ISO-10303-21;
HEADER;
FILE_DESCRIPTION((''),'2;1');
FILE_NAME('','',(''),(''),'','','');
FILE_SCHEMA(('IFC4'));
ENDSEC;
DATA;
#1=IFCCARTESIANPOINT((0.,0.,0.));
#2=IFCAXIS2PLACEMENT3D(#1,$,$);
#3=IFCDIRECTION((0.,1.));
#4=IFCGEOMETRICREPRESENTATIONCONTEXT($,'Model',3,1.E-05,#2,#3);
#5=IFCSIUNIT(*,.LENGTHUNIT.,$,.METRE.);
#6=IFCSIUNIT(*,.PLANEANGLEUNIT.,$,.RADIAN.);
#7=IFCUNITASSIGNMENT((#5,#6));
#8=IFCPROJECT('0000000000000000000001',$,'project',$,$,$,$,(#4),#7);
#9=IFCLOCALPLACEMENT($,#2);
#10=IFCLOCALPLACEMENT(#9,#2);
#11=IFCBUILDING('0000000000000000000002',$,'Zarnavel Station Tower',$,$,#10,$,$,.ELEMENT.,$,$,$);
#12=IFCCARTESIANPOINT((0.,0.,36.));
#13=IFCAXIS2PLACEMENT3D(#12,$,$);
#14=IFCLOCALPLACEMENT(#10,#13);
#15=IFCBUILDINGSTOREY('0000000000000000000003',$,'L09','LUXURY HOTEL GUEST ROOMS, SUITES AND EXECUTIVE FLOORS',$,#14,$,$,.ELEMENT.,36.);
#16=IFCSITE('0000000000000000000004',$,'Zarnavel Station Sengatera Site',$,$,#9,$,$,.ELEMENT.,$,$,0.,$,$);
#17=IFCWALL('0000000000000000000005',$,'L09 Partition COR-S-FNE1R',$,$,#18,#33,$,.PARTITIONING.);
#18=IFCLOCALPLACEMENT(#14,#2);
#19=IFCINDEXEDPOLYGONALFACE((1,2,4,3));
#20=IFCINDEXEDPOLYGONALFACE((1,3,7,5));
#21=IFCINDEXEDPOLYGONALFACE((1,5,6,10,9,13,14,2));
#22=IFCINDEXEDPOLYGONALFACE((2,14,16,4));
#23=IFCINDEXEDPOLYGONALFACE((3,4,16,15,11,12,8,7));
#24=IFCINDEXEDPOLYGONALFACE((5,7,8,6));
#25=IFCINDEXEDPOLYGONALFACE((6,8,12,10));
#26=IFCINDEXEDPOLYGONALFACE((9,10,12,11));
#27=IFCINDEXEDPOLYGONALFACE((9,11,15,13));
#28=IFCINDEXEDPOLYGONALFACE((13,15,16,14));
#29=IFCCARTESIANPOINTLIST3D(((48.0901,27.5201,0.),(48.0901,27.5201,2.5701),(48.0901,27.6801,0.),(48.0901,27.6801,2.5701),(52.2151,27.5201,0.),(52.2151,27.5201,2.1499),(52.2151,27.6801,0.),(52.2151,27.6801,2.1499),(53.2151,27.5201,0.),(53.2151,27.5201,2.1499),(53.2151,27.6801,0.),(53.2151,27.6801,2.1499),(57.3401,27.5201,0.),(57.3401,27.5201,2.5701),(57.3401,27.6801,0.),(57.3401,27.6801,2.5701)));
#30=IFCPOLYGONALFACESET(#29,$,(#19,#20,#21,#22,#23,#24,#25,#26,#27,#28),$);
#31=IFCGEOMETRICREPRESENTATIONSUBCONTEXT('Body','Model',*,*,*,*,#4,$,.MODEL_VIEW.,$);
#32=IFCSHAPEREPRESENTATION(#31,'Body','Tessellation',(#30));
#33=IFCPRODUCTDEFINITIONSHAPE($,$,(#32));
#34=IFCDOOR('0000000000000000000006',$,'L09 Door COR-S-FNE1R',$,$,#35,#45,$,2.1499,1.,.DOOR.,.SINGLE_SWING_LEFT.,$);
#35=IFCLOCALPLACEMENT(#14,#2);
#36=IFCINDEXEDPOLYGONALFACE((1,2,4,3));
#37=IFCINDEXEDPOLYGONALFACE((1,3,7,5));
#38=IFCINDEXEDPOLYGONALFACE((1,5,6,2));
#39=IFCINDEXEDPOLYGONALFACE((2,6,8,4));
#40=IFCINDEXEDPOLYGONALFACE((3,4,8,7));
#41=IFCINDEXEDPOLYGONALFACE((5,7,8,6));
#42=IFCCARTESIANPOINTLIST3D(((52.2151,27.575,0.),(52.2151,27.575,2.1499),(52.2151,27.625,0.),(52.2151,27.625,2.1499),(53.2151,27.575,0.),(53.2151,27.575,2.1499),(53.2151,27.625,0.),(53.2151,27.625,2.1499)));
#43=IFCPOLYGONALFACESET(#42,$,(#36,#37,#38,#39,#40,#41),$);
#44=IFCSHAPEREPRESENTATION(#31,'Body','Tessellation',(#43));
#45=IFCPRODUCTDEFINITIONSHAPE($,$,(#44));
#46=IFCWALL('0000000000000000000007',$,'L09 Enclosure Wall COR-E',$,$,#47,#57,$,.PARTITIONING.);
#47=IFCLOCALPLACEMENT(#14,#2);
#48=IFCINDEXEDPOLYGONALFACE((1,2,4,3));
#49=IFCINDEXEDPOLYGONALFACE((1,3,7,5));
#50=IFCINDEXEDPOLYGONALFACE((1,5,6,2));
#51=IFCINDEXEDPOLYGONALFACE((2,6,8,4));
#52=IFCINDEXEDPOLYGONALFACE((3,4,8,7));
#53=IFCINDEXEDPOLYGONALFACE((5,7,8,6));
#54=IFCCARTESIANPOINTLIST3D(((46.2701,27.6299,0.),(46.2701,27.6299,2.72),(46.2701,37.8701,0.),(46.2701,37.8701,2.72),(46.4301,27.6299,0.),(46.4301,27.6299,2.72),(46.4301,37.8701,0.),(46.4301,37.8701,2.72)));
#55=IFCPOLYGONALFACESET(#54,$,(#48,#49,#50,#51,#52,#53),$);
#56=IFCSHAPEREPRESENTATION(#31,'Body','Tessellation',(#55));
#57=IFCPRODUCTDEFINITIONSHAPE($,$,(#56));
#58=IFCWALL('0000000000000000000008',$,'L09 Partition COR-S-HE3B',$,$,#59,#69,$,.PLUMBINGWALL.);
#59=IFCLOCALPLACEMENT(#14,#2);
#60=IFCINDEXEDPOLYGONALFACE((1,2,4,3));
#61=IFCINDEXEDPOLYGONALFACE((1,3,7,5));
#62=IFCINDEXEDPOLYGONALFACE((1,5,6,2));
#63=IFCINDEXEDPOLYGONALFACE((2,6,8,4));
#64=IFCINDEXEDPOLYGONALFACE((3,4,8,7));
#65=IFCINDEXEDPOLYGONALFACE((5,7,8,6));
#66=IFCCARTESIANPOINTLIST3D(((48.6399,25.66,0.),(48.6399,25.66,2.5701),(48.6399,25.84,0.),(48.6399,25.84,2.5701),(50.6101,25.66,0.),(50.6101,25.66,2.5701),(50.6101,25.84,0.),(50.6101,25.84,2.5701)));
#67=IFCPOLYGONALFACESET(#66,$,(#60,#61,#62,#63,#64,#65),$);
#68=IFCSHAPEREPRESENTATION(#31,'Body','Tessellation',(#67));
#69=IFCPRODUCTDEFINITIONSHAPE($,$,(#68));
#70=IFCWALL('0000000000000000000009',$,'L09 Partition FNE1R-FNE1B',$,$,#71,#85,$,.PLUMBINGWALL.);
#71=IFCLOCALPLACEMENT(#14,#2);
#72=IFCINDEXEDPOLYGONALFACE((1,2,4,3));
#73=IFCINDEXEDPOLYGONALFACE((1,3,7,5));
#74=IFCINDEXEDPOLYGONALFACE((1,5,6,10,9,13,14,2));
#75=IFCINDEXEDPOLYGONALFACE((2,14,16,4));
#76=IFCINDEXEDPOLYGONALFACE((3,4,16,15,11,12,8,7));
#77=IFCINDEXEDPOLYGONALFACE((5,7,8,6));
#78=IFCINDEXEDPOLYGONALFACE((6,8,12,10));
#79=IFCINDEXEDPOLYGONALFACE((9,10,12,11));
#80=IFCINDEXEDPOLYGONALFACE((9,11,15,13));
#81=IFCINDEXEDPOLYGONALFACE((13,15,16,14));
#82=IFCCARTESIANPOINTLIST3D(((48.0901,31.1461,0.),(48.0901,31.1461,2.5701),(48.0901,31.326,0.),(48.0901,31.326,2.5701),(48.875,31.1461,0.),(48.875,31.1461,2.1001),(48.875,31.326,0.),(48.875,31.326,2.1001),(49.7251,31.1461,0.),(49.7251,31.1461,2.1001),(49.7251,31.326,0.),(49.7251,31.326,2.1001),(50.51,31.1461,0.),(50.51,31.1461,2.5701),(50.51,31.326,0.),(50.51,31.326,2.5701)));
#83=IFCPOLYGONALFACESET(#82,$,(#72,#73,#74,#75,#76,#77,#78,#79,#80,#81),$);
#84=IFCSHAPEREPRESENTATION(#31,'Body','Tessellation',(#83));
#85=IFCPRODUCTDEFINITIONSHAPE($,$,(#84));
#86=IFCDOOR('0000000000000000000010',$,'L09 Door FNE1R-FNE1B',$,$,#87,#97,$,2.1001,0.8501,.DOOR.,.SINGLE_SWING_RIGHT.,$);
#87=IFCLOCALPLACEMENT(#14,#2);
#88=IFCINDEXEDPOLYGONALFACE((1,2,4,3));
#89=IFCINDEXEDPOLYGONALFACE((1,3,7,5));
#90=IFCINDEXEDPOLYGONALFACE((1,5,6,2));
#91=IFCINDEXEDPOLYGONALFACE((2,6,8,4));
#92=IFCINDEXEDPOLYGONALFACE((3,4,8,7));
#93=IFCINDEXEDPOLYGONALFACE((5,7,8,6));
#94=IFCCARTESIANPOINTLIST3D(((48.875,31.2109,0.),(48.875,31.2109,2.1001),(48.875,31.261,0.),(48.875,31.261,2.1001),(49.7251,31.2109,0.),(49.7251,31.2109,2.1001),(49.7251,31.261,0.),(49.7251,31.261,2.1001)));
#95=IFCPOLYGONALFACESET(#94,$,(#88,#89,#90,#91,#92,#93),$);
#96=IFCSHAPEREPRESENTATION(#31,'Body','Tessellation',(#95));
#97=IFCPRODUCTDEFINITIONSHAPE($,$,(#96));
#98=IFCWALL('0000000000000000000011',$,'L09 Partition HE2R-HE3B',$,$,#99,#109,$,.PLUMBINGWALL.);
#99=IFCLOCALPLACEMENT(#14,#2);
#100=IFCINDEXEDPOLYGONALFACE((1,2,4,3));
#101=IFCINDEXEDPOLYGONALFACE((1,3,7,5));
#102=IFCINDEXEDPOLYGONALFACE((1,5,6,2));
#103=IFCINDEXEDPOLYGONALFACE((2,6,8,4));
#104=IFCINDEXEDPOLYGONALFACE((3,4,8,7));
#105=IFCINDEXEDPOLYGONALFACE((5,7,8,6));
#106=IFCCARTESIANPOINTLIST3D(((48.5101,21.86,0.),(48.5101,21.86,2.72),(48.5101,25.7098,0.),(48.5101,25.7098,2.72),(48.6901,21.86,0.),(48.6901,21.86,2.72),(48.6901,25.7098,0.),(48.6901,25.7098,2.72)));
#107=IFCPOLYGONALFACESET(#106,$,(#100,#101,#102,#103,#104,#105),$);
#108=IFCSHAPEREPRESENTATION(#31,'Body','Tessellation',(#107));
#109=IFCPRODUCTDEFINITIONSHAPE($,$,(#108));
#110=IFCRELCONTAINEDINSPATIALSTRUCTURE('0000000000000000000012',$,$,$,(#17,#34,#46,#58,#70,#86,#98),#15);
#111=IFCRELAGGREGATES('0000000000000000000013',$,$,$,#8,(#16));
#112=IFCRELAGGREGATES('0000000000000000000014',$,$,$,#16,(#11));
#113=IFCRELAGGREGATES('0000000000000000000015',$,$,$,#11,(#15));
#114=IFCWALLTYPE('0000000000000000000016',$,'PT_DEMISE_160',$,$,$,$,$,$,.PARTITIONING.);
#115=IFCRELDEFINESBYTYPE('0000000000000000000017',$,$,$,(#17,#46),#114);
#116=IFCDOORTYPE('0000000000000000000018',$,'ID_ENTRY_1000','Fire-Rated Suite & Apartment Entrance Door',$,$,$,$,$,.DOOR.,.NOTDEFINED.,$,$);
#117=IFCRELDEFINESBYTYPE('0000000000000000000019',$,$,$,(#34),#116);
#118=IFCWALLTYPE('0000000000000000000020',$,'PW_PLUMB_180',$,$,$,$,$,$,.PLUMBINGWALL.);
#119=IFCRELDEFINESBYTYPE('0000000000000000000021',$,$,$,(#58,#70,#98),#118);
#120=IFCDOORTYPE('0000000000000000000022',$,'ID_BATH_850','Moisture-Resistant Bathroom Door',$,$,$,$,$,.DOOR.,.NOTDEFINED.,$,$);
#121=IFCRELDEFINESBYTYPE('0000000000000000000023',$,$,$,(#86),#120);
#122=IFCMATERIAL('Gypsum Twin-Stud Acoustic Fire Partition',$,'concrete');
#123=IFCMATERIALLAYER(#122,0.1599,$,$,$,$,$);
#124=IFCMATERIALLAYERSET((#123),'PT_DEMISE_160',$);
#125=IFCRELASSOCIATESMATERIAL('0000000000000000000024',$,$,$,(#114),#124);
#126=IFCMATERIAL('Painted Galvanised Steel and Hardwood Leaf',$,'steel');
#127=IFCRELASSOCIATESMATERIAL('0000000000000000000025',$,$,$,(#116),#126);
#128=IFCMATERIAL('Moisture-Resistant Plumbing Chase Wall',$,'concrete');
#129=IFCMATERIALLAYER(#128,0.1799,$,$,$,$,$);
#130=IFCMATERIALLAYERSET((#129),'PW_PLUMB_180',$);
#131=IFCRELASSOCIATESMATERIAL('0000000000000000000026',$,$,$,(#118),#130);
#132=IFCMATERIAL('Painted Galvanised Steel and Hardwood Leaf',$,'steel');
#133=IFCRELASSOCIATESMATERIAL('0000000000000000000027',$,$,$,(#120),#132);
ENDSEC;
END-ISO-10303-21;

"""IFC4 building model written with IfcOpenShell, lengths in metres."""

from ifc_helpers import new_model, si_unit, direction, frame, frame_2d, origin, place, context, subcontext, project, spatial, rectangle, extrude, material, layer, layer_set, type_object, element, fill, save


model = new_model("IFC4")

# Units and contexts
model_context = context("Model", 3, precision=1e-05, world=origin(), true_north=direction((0.0, 1.0)))
body_context = subcontext(model_context, "Body", "Model", "MODEL_VIEW")
ifc_project = project(units=[si_unit("LENGTHUNIT", "METRE"), si_unit("PLANEANGLEUNIT", "RADIAN")], contexts=[model_context])

# Site, building, storey
site_placement = place(None, origin())
site = spatial("IfcSite", under=ifc_project, at=site_placement, Name="Zarnavel Station Sengatera Site", CompositionType="ELEMENT", RefElevation=0.0)
building_placement = place(site_placement, origin())
building = spatial("IfcBuilding", under=site, at=building_placement, Name="Zarnavel Station Tower", CompositionType="ELEMENT")
storey_placement = place(building_placement, frame((0.0, 0.0, 36.0)))
storey = spatial("IfcBuildingStorey", under=building, at=storey_placement, Name="L09", Description="LUXURY HOTEL GUEST ROOMS, SUITES AND EXECUTIVE FLOORS", CompositionType="ELEMENT", Elevation=36.0)

# Wall, opening, door
ifc_material_1 = material(Name="Gypsum Twin-Stud Acoustic Fire Partition", Category="concrete")
ifc_layer_1 = layer(ifc_material_1, 0.1599)
ifc_layer_set_1 = layer_set([ifc_layer_1], Name="PT_DEMISE_160")
wall_type_1 = type_object("IfcWallType", Name="PT_DEMISE_160", PredefinedType="PARTITIONING", material=ifc_layer_set_1)
wall_1_placement = place(storey_placement, frame((48.0901, 27.6001, 0.0), z_axis=(0.0, 0.0, 1.0), x_axis=(1.0, 0.0, 0.0)))
wall_1 = element("IfcWall", 1, at=wall_1_placement, inside=storey, type_object=wall_type_1, Name="L09 Partition COR-S-FNE1R", PredefinedType="PARTITIONING", context=body_context, shape_type="SweptSolid", body=[
    extrude(rectangle(XDim=9.25, YDim=0.1599, at=frame_2d((4.625, 0.0))), origin(), (0.0, 0.0, 1.0), 2.5701),
])
opening_1_placement = place(wall_1_placement, frame((4.125, 0.0, 0.0)))
opening_1 = element("IfcOpeningElement", 2, at=opening_1_placement, cuts=wall_1, PredefinedType="OPENING", context=body_context, shape_type="SweptSolid", body=[
    extrude(rectangle(XDim=1.0, YDim=2.1499, at=frame_2d((0.5, 1.075))), frame((0.0, 0.0898, 0.0), z_axis=(0.0, -1.0, 0.0), x_axis=(1.0, 0.0, 0.0)), (0.0, 0.0, 1.0), 0.1799),
])
ifc_material_2 = material(Name="Painted Galvanised Steel and Hardwood Leaf", Category="steel")
door_type_1 = type_object("IfcDoorType", Name="ID_ENTRY_1000", Description="Fire-Rated Suite & Apartment Entrance Door", OperationType="NOTDEFINED", PredefinedType="DOOR", material=ifc_material_2)
door_1_placement = place(opening_1_placement, origin())
door_1 = element("IfcDoor", 3, at=door_1_placement, inside=storey, type_object=door_type_1, Name="L09 Door COR-S-FNE1R", OperationType="SINGLE_SWING_LEFT", OverallHeight=2.1499, OverallWidth=1.0, PredefinedType="DOOR", context=body_context, shape_type="SweptSolid", body=[
    extrude(rectangle(XDim=1.0, YDim=2.1499, at=frame_2d((0.5, 1.075))), frame((0.0, 0.0249, 0.0), z_axis=(0.0, -1.0, 0.0), x_axis=(1.0, 0.0, 0.0)), (0.0, 0.0, 1.0), 0.05),
])
fill(opening_1, door_1)

# Walls
wall_2_placement = place(storey_placement, frame((46.3501, 27.6299, 0.0), z_axis=(0.0, 0.0, 1.0), x_axis=(0.0, 1.0, 0.0)))
element("IfcWall", 4, at=wall_2_placement, inside=storey, type_object=wall_type_1, Name="L09 Enclosure Wall COR-E", PredefinedType="PARTITIONING", context=body_context, shape_type="SweptSolid", body=[
    extrude(rectangle(XDim=10.2402, YDim=0.1599, at=frame_2d((5.1201, 0.0))), origin(), (0.0, 0.0, 1.0), 2.72),
])
ifc_material_3 = material(Name="Moisture-Resistant Plumbing Chase Wall", Category="concrete")
ifc_layer_2 = layer(ifc_material_3, 0.1799)
ifc_layer_set_2 = layer_set([ifc_layer_2], Name="PW_PLUMB_180")
wall_type_2 = type_object("IfcWallType", Name="PW_PLUMB_180", PredefinedType="PLUMBINGWALL", material=ifc_layer_set_2)
wall_3_placement = place(storey_placement, frame((48.6399, 25.75, 0.0), z_axis=(0.0, 0.0, 1.0), x_axis=(1.0, 0.0, 0.0)))
element("IfcWall", 5, at=wall_3_placement, inside=storey, type_object=wall_type_2, Name="L09 Partition COR-S-HE3B", PredefinedType="PLUMBINGWALL", context=body_context, shape_type="SweptSolid", body=[
    extrude(rectangle(XDim=1.9702, YDim=0.1799, at=frame_2d((0.9851, 0.0))), origin(), (0.0, 0.0, 1.0), 2.5701),
])

# Wall, opening, door
wall_4_placement = place(storey_placement, frame((48.0901, 31.2361, 0.0), z_axis=(0.0, 0.0, 1.0), x_axis=(1.0, 0.0, 0.0)))
wall_4 = element("IfcWall", 6, at=wall_4_placement, inside=storey, type_object=wall_type_2, Name="L09 Partition FNE1R-FNE1B", PredefinedType="PLUMBINGWALL", context=body_context, shape_type="SweptSolid", body=[
    extrude(rectangle(XDim=2.4199, YDim=0.1799, at=frame_2d((1.21, 0.0))), origin(), (0.0, 0.0, 1.0), 2.5701),
])
opening_2_placement = place(wall_4_placement, frame((0.7849, 0.0, 0.0)))
opening_2 = element("IfcOpeningElement", 7, at=opening_2_placement, cuts=wall_4, PredefinedType="OPENING", context=body_context, shape_type="SweptSolid", body=[
    extrude(rectangle(XDim=0.8501, YDim=2.1001, at=frame_2d((0.425, 1.05))), frame((0.0, 0.0999, 0.0), z_axis=(0.0, -1.0, 0.0), x_axis=(1.0, 0.0, 0.0)), (0.0, 0.0, 1.0), 0.2),
])
ifc_material_4 = material(Name="Painted Galvanised Steel and Hardwood Leaf", Category="steel")
door_type_2 = type_object("IfcDoorType", Name="ID_BATH_850", Description="Moisture-Resistant Bathroom Door", OperationType="NOTDEFINED", PredefinedType="DOOR", material=ifc_material_4)
door_2_placement = place(opening_2_placement, origin())
door_2 = element("IfcDoor", 8, at=door_2_placement, inside=storey, type_object=door_type_2, Name="L09 Door FNE1R-FNE1B", OperationType="SINGLE_SWING_RIGHT", OverallHeight=2.1001, OverallWidth=0.8501, PredefinedType="DOOR", context=body_context, shape_type="SweptSolid", body=[
    extrude(rectangle(XDim=0.8501, YDim=2.1001, at=frame_2d((0.425, 1.05))), frame((0.0, 0.0249, 0.0), z_axis=(0.0, -1.0, 0.0), x_axis=(1.0, 0.0, 0.0)), (0.0, 0.0, 1.0), 0.05),
])
fill(opening_2, door_2)

# Wall
wall_5_placement = place(storey_placement, frame((48.6001, 21.8601, 0.0), z_axis=(0.0, 0.0, 1.0), x_axis=(0.0, 1.0, 0.0)))
element("IfcWall", 9, at=wall_5_placement, inside=storey, type_object=wall_type_2, Name="L09 Partition HE2R-HE3B", PredefinedType="PLUMBINGWALL", context=body_context, shape_type="SweptSolid", body=[
    extrude(rectangle(XDim=3.8499, YDim=0.1799, at=frame_2d((1.9248, 0.0))), origin(), (0.0, 0.0, 1.0), 2.72),
])

save(model, "model.ifc")
